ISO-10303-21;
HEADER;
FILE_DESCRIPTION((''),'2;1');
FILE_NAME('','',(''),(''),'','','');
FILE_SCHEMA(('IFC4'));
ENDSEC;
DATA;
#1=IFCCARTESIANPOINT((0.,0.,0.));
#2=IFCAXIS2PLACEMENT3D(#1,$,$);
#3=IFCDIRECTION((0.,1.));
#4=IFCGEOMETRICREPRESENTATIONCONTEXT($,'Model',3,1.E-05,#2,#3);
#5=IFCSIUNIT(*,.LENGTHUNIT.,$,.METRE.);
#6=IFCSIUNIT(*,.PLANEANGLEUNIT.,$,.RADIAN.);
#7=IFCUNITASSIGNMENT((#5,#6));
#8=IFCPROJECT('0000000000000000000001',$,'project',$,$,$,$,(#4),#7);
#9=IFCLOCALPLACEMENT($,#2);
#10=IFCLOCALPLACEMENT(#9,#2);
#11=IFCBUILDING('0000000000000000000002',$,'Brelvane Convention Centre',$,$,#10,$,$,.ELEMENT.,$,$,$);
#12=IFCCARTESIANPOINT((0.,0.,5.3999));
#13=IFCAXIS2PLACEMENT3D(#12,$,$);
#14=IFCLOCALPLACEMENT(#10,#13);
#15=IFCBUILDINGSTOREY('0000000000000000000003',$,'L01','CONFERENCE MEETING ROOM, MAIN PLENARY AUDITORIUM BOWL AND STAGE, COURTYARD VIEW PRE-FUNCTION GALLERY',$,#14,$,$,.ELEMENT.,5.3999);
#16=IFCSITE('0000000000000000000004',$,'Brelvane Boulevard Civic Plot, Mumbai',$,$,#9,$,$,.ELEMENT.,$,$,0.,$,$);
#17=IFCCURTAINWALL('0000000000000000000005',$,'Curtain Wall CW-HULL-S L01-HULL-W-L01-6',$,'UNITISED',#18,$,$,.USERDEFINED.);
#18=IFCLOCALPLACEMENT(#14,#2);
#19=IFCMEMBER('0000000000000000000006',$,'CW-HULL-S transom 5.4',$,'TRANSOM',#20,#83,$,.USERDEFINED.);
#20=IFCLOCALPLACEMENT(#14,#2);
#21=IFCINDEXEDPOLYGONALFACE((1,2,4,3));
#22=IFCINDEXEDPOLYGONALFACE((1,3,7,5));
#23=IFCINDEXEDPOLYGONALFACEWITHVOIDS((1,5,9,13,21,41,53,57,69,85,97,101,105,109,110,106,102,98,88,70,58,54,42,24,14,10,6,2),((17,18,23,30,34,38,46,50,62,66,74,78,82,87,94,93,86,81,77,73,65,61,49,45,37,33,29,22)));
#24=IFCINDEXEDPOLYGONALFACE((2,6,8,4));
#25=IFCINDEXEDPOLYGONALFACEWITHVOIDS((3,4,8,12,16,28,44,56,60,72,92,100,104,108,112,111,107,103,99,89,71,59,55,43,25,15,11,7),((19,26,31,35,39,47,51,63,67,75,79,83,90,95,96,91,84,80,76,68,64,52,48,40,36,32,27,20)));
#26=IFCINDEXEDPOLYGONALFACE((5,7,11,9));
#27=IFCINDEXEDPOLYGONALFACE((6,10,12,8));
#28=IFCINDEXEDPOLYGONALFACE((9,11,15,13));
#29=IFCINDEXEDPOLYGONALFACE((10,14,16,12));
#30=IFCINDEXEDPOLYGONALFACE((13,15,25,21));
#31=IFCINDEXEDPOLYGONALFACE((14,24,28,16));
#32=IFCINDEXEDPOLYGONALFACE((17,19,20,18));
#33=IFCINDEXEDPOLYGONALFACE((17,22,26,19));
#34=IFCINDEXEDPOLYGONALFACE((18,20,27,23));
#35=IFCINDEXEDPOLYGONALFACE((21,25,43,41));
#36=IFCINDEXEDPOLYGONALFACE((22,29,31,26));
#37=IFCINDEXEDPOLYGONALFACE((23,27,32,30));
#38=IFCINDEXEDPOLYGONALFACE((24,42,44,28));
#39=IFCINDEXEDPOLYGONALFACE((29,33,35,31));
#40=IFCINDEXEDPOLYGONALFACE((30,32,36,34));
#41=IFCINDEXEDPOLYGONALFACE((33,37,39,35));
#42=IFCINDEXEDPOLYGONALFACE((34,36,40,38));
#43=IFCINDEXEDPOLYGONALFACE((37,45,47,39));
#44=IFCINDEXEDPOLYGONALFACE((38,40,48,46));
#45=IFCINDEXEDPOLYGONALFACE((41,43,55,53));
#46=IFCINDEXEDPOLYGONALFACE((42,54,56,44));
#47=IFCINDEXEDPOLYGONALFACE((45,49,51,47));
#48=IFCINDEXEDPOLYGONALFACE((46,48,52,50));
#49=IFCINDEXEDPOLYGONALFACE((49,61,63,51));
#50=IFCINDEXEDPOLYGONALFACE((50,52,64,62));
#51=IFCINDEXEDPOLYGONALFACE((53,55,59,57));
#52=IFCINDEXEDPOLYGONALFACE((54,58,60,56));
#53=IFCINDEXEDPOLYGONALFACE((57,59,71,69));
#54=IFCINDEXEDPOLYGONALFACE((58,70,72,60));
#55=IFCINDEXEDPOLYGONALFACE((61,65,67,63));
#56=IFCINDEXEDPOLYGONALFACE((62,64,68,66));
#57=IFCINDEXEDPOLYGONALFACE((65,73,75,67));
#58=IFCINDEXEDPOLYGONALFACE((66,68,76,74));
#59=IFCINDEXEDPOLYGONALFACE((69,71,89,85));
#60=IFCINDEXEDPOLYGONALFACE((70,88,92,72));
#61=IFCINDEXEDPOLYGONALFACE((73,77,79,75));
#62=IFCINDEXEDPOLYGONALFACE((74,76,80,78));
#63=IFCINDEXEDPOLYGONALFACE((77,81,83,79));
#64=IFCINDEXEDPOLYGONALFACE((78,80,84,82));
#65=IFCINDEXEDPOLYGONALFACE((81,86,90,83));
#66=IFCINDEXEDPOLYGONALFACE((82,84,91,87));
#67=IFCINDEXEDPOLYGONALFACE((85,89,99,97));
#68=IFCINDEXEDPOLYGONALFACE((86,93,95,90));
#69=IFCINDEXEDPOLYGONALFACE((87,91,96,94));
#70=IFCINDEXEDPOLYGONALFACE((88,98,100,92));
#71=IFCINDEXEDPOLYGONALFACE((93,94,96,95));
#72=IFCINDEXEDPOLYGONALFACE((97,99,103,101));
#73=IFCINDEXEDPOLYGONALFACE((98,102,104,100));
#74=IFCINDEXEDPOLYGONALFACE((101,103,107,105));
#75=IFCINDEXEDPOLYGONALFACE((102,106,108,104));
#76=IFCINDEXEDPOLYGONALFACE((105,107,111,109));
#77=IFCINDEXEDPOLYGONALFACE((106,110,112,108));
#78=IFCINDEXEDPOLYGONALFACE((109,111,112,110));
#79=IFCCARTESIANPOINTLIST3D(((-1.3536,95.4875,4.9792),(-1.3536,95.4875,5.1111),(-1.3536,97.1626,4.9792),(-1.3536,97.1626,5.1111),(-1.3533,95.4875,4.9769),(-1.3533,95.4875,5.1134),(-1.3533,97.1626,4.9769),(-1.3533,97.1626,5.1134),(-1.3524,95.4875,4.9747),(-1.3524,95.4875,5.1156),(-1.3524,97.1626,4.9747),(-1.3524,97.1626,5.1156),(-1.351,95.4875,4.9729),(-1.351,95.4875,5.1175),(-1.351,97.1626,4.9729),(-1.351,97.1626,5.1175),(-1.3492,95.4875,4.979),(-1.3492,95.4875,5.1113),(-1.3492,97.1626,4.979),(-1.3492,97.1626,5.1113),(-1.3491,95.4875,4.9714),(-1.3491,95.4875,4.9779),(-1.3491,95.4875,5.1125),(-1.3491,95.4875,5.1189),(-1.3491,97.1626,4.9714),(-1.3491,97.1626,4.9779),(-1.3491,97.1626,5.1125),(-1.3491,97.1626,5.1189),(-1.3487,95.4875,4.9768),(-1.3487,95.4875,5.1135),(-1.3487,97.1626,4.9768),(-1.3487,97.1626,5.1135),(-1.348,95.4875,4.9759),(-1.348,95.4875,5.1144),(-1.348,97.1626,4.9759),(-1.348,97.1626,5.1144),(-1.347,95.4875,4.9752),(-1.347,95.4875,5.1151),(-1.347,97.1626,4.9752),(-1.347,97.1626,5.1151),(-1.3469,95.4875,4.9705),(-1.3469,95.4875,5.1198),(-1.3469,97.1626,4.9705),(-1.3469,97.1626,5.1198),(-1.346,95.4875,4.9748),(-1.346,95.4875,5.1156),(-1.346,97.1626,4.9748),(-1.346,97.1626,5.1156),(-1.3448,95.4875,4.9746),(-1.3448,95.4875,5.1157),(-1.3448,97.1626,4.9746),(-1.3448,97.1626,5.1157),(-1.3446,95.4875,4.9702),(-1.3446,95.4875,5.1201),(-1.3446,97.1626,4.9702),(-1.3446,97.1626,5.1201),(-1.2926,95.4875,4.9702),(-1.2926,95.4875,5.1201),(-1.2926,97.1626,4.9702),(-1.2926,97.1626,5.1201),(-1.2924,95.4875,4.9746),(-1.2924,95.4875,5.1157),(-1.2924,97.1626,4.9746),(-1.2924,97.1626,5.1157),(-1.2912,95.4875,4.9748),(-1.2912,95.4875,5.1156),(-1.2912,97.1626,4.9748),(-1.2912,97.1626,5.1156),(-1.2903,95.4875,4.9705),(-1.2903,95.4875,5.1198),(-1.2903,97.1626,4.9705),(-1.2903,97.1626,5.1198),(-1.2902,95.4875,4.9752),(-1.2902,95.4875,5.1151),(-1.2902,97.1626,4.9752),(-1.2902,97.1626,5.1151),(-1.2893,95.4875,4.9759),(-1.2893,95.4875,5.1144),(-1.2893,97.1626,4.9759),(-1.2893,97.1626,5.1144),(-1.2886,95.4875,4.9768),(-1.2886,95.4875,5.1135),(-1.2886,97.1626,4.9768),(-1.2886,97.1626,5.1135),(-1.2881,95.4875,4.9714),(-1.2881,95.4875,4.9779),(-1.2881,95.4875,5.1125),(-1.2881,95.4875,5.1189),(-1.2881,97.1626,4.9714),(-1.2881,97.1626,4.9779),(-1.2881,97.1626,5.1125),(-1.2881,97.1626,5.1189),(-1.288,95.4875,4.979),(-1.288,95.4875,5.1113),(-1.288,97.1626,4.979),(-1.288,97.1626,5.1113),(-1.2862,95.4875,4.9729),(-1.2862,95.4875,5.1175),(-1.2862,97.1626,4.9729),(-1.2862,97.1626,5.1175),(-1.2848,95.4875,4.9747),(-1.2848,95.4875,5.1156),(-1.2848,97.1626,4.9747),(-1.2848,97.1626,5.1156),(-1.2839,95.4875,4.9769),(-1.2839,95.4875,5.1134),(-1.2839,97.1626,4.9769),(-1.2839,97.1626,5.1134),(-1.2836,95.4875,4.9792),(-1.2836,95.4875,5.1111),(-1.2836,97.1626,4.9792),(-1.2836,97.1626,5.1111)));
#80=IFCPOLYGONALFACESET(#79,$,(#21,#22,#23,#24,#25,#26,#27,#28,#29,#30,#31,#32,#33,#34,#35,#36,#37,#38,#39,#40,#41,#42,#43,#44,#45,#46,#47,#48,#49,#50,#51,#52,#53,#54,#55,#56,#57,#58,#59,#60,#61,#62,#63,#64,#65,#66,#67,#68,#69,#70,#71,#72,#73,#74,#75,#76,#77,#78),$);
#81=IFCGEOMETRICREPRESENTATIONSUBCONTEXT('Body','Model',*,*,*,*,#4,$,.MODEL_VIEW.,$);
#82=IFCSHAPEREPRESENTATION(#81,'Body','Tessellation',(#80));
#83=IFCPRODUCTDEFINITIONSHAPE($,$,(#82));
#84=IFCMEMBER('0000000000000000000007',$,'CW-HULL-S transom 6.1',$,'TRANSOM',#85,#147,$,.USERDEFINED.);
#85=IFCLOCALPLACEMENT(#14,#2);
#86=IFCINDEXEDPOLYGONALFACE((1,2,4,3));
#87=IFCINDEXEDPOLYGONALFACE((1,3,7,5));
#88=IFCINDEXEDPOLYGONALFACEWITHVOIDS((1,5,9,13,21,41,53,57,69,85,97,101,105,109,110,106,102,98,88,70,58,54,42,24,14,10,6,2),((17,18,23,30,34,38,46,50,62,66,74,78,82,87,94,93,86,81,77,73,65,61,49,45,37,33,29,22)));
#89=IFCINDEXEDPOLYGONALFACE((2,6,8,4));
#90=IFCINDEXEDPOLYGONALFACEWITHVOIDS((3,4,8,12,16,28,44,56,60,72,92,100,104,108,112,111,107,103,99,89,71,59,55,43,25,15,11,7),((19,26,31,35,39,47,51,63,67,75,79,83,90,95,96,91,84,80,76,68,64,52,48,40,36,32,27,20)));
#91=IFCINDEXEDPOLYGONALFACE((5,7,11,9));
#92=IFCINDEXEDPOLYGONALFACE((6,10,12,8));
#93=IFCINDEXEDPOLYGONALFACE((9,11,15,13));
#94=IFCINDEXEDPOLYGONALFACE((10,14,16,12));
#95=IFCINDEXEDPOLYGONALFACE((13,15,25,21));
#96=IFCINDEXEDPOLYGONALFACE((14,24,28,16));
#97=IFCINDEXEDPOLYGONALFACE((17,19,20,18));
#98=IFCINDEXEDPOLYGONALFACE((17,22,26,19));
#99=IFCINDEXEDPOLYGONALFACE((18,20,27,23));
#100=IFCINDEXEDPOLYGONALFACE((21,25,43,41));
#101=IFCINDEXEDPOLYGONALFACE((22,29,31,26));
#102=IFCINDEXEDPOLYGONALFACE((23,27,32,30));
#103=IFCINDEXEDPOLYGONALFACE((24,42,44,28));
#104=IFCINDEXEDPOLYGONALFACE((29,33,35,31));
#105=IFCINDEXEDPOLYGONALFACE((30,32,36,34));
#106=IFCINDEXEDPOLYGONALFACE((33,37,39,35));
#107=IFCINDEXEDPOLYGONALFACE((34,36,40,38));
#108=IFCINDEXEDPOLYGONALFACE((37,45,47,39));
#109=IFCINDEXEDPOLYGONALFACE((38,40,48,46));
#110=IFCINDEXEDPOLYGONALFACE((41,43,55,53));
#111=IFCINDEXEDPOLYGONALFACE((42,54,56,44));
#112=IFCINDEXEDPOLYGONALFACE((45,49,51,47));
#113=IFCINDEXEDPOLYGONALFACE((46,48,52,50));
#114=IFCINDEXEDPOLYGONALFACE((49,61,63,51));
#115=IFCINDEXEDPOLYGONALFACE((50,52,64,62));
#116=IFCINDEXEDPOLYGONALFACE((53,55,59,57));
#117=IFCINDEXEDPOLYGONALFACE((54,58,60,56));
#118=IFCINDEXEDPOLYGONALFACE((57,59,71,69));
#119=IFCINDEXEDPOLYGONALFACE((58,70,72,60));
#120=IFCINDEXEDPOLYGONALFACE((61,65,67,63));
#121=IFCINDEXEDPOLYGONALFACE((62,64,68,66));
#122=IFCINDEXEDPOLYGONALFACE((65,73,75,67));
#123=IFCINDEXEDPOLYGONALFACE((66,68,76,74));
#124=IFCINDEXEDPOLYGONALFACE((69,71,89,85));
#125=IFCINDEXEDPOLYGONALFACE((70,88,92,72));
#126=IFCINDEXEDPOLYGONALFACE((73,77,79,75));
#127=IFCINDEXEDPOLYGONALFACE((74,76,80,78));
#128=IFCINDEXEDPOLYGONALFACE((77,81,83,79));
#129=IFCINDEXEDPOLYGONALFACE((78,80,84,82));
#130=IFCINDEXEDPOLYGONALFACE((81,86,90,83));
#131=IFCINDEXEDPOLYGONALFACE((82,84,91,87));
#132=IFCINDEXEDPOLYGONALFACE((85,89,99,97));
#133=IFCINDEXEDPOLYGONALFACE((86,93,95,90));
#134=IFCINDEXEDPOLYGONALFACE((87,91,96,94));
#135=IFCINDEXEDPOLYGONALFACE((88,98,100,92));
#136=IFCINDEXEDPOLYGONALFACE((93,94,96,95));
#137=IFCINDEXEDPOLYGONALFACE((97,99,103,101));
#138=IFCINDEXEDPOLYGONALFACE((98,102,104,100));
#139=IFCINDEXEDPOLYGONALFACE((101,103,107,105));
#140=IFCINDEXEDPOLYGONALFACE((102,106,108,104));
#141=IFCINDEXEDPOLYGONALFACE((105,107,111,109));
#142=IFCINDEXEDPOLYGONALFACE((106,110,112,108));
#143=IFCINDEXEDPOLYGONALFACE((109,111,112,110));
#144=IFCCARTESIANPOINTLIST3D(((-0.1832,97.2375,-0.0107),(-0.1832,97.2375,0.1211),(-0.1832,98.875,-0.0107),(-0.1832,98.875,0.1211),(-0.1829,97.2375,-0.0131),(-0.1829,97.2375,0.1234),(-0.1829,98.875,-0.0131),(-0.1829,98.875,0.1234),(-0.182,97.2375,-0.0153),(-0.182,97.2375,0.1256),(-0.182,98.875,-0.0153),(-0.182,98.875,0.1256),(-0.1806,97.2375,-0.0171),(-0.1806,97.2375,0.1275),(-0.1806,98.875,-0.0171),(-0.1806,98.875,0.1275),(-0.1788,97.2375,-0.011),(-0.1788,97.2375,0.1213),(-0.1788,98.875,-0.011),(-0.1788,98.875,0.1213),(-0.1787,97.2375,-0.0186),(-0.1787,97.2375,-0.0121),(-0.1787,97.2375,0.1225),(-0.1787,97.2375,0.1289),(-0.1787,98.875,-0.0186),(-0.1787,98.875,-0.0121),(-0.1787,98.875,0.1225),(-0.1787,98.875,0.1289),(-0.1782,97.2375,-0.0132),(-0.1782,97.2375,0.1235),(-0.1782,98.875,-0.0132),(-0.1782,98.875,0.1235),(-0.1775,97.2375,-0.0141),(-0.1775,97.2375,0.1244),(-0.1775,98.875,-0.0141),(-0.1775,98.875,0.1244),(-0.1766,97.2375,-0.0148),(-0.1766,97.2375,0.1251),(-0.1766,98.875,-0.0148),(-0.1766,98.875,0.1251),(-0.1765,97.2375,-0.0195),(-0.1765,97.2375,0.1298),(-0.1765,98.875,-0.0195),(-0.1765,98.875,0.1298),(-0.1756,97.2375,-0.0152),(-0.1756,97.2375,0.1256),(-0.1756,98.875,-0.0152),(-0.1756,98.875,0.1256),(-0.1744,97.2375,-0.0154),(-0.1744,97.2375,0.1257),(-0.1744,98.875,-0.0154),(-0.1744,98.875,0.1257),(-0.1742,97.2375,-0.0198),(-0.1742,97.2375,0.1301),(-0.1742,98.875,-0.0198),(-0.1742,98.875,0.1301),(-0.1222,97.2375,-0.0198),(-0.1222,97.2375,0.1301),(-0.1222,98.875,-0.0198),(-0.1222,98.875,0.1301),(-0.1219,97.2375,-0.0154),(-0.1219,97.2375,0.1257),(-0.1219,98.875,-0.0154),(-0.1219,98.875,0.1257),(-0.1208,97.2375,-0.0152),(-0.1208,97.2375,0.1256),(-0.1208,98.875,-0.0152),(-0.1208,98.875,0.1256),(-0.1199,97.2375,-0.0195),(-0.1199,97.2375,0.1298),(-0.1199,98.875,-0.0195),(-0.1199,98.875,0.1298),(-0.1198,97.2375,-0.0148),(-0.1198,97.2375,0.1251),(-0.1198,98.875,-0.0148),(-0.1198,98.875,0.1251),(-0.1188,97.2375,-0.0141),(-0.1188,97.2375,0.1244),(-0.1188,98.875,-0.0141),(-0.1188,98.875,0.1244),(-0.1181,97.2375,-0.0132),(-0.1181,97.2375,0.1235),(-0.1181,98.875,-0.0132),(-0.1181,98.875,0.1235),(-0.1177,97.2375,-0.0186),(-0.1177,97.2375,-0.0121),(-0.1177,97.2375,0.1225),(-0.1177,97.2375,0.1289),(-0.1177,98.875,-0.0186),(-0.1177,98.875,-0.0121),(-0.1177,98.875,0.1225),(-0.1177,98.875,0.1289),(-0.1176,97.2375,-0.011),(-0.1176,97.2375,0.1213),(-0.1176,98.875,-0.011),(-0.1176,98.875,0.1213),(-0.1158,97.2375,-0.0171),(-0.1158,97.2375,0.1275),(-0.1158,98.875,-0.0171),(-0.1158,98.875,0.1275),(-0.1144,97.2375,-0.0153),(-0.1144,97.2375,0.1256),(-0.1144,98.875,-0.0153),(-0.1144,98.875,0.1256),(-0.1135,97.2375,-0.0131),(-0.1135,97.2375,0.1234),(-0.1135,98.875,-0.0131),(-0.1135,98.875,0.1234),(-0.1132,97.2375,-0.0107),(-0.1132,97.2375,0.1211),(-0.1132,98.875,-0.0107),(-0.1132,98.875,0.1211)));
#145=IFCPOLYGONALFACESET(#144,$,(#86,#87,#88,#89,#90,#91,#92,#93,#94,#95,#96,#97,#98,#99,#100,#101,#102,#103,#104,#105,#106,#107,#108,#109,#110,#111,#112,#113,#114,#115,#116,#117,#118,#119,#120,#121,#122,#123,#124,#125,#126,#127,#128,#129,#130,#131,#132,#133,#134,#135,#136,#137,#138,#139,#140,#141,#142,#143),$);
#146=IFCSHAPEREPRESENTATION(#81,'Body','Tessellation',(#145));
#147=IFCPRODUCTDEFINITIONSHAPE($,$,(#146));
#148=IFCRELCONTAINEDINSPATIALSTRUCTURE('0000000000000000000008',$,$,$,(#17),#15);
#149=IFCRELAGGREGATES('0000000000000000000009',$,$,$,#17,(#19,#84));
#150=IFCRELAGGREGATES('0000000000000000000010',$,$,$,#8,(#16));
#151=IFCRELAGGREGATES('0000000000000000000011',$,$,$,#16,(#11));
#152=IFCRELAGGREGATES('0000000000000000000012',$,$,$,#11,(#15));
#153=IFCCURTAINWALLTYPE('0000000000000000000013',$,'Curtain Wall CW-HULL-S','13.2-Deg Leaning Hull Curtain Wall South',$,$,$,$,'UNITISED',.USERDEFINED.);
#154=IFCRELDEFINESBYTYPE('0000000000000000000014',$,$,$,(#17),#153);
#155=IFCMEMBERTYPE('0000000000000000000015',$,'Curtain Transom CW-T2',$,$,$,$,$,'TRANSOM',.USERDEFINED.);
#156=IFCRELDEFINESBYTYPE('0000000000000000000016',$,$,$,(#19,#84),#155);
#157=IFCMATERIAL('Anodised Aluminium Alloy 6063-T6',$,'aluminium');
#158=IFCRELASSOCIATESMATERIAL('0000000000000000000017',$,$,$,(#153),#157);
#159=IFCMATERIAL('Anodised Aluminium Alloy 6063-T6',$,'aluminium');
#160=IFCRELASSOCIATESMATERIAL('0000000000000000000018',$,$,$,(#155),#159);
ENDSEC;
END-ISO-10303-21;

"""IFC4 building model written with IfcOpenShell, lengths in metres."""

from ifc_helpers import new_model, si_unit, direction, frame, origin, origin_2d, place, context, subcontext, project, spatial, hollow_rectangle, extrude, material, material_profile, profile_set, type_object, element, aggregate, save


model = new_model("IFC4")

# Units and contexts
model_context = context("Model", 3, precision=1e-05, world=origin(), true_north=direction((0.0, 1.0)))
body_context = subcontext(model_context, "Body", "Model", "MODEL_VIEW")
ifc_project = project(units=[si_unit("LENGTHUNIT", "METRE"), si_unit("PLANEANGLEUNIT", "RADIAN")], contexts=[model_context])

# Site, building, storey
site_placement = place(None, origin())
site = spatial("IfcSite", under=ifc_project, at=site_placement, Name="Brelvane Boulevard Civic Plot, Mumbai", CompositionType="ELEMENT", RefElevation=0.0)
building_placement = place(site_placement, origin())
building = spatial("IfcBuilding", under=site, at=building_placement, Name="Brelvane Convention Centre", CompositionType="ELEMENT")
storey_placement = place(building_placement, frame((0.0, 0.0, 5.3999)))
storey = spatial("IfcBuildingStorey", under=building, at=storey_placement, Name="L01", Description="CONFERENCE MEETING ROOM, MAIN PLENARY AUDITORIUM BOWL AND STAGE, COURTYARD VIEW PRE-FUNCTION GALLERY", CompositionType="ELEMENT", Elevation=5.3999)

# Curtain wall, members
ifc_material_1 = material(Name="Anodised Aluminium Alloy 6063-T6", Category="aluminium")
curtain_wall_type = type_object("IfcCurtainWallType", Name="Curtain Wall CW-HULL-S", Description="13.2-Deg Leaning Hull Curtain Wall South", ElementType="UNITISED", PredefinedType="USERDEFINED", material=ifc_material_1)
curtain_wall_placement = place(storey_placement, origin())
curtain_wall = element("IfcCurtainWall", 1, at=curtain_wall_placement, inside=storey, type_object=curtain_wall_type, Name="Curtain Wall CW-HULL-S L01-HULL-W-L01-6", ObjectType="UNITISED", PredefinedType="USERDEFINED")
ifc_material_2 = material(Name="Anodised Aluminium Alloy 6063-T6", Category="aluminium")
ifc_material_profile_1 = material_profile(ifc_material_2, hollow_rectangle(XDim=0.0701, YDim=0.1499, WallThickness=0.0044, InnerFilletRadius=0.0044, OuterFilletRadius=0.009, at=origin_2d()), Name="ALU-T 150x70x4.5")
ifc_profile_set_1 = profile_set([ifc_material_profile_1], Name="Anodised Aluminium Alloy 6063-T6")
member_type_1 = type_object("IfcMemberType", Name="Curtain Transom CW-T2", ElementType="TRANSOM", PredefinedType="USERDEFINED", material=ifc_profile_set_1)
member_1_placement = place(storey_placement, frame((-1.3186, 95.4875, 5.0452), z_axis=(0.0, 1.0, 0.0), x_axis=(-1.0, 0.0, 0.0)))
member_1 = element("IfcMember", 2, at=member_1_placement, type_object=member_type_1, Name="CW-HULL-S transom 5.4", ObjectType="TRANSOM", PredefinedType="USERDEFINED", context=body_context, shape_type="SweptSolid", body=[
    extrude(hollow_rectangle(XDim=0.0701, YDim=0.1499, WallThickness=0.0044, InnerFilletRadius=0.0044, OuterFilletRadius=0.009, at=origin_2d()), origin(), (0.0, 0.0, 1.0), 1.675),
])
member_2_placement = place(storey_placement, frame((-0.1482, 97.2375, 0.0552), z_axis=(0.0, 1.0, 0.0), x_axis=(-1.0, 0.0, 0.0)))
member_2 = element("IfcMember", 3, at=member_2_placement, type_object=member_type_1, Name="CW-HULL-S transom 6.1", ObjectType="TRANSOM", PredefinedType="USERDEFINED", context=body_context, shape_type="SweptSolid", body=[
    extrude(hollow_rectangle(XDim=0.0701, YDim=0.1499, WallThickness=0.0044, InnerFilletRadius=0.0044, OuterFilletRadius=0.009, at=origin_2d()), origin(), (0.0, 0.0, 1.0), 1.6375),
])

aggregate(curtain_wall, [member_1, member_2])

save(model, "model.ifc")
